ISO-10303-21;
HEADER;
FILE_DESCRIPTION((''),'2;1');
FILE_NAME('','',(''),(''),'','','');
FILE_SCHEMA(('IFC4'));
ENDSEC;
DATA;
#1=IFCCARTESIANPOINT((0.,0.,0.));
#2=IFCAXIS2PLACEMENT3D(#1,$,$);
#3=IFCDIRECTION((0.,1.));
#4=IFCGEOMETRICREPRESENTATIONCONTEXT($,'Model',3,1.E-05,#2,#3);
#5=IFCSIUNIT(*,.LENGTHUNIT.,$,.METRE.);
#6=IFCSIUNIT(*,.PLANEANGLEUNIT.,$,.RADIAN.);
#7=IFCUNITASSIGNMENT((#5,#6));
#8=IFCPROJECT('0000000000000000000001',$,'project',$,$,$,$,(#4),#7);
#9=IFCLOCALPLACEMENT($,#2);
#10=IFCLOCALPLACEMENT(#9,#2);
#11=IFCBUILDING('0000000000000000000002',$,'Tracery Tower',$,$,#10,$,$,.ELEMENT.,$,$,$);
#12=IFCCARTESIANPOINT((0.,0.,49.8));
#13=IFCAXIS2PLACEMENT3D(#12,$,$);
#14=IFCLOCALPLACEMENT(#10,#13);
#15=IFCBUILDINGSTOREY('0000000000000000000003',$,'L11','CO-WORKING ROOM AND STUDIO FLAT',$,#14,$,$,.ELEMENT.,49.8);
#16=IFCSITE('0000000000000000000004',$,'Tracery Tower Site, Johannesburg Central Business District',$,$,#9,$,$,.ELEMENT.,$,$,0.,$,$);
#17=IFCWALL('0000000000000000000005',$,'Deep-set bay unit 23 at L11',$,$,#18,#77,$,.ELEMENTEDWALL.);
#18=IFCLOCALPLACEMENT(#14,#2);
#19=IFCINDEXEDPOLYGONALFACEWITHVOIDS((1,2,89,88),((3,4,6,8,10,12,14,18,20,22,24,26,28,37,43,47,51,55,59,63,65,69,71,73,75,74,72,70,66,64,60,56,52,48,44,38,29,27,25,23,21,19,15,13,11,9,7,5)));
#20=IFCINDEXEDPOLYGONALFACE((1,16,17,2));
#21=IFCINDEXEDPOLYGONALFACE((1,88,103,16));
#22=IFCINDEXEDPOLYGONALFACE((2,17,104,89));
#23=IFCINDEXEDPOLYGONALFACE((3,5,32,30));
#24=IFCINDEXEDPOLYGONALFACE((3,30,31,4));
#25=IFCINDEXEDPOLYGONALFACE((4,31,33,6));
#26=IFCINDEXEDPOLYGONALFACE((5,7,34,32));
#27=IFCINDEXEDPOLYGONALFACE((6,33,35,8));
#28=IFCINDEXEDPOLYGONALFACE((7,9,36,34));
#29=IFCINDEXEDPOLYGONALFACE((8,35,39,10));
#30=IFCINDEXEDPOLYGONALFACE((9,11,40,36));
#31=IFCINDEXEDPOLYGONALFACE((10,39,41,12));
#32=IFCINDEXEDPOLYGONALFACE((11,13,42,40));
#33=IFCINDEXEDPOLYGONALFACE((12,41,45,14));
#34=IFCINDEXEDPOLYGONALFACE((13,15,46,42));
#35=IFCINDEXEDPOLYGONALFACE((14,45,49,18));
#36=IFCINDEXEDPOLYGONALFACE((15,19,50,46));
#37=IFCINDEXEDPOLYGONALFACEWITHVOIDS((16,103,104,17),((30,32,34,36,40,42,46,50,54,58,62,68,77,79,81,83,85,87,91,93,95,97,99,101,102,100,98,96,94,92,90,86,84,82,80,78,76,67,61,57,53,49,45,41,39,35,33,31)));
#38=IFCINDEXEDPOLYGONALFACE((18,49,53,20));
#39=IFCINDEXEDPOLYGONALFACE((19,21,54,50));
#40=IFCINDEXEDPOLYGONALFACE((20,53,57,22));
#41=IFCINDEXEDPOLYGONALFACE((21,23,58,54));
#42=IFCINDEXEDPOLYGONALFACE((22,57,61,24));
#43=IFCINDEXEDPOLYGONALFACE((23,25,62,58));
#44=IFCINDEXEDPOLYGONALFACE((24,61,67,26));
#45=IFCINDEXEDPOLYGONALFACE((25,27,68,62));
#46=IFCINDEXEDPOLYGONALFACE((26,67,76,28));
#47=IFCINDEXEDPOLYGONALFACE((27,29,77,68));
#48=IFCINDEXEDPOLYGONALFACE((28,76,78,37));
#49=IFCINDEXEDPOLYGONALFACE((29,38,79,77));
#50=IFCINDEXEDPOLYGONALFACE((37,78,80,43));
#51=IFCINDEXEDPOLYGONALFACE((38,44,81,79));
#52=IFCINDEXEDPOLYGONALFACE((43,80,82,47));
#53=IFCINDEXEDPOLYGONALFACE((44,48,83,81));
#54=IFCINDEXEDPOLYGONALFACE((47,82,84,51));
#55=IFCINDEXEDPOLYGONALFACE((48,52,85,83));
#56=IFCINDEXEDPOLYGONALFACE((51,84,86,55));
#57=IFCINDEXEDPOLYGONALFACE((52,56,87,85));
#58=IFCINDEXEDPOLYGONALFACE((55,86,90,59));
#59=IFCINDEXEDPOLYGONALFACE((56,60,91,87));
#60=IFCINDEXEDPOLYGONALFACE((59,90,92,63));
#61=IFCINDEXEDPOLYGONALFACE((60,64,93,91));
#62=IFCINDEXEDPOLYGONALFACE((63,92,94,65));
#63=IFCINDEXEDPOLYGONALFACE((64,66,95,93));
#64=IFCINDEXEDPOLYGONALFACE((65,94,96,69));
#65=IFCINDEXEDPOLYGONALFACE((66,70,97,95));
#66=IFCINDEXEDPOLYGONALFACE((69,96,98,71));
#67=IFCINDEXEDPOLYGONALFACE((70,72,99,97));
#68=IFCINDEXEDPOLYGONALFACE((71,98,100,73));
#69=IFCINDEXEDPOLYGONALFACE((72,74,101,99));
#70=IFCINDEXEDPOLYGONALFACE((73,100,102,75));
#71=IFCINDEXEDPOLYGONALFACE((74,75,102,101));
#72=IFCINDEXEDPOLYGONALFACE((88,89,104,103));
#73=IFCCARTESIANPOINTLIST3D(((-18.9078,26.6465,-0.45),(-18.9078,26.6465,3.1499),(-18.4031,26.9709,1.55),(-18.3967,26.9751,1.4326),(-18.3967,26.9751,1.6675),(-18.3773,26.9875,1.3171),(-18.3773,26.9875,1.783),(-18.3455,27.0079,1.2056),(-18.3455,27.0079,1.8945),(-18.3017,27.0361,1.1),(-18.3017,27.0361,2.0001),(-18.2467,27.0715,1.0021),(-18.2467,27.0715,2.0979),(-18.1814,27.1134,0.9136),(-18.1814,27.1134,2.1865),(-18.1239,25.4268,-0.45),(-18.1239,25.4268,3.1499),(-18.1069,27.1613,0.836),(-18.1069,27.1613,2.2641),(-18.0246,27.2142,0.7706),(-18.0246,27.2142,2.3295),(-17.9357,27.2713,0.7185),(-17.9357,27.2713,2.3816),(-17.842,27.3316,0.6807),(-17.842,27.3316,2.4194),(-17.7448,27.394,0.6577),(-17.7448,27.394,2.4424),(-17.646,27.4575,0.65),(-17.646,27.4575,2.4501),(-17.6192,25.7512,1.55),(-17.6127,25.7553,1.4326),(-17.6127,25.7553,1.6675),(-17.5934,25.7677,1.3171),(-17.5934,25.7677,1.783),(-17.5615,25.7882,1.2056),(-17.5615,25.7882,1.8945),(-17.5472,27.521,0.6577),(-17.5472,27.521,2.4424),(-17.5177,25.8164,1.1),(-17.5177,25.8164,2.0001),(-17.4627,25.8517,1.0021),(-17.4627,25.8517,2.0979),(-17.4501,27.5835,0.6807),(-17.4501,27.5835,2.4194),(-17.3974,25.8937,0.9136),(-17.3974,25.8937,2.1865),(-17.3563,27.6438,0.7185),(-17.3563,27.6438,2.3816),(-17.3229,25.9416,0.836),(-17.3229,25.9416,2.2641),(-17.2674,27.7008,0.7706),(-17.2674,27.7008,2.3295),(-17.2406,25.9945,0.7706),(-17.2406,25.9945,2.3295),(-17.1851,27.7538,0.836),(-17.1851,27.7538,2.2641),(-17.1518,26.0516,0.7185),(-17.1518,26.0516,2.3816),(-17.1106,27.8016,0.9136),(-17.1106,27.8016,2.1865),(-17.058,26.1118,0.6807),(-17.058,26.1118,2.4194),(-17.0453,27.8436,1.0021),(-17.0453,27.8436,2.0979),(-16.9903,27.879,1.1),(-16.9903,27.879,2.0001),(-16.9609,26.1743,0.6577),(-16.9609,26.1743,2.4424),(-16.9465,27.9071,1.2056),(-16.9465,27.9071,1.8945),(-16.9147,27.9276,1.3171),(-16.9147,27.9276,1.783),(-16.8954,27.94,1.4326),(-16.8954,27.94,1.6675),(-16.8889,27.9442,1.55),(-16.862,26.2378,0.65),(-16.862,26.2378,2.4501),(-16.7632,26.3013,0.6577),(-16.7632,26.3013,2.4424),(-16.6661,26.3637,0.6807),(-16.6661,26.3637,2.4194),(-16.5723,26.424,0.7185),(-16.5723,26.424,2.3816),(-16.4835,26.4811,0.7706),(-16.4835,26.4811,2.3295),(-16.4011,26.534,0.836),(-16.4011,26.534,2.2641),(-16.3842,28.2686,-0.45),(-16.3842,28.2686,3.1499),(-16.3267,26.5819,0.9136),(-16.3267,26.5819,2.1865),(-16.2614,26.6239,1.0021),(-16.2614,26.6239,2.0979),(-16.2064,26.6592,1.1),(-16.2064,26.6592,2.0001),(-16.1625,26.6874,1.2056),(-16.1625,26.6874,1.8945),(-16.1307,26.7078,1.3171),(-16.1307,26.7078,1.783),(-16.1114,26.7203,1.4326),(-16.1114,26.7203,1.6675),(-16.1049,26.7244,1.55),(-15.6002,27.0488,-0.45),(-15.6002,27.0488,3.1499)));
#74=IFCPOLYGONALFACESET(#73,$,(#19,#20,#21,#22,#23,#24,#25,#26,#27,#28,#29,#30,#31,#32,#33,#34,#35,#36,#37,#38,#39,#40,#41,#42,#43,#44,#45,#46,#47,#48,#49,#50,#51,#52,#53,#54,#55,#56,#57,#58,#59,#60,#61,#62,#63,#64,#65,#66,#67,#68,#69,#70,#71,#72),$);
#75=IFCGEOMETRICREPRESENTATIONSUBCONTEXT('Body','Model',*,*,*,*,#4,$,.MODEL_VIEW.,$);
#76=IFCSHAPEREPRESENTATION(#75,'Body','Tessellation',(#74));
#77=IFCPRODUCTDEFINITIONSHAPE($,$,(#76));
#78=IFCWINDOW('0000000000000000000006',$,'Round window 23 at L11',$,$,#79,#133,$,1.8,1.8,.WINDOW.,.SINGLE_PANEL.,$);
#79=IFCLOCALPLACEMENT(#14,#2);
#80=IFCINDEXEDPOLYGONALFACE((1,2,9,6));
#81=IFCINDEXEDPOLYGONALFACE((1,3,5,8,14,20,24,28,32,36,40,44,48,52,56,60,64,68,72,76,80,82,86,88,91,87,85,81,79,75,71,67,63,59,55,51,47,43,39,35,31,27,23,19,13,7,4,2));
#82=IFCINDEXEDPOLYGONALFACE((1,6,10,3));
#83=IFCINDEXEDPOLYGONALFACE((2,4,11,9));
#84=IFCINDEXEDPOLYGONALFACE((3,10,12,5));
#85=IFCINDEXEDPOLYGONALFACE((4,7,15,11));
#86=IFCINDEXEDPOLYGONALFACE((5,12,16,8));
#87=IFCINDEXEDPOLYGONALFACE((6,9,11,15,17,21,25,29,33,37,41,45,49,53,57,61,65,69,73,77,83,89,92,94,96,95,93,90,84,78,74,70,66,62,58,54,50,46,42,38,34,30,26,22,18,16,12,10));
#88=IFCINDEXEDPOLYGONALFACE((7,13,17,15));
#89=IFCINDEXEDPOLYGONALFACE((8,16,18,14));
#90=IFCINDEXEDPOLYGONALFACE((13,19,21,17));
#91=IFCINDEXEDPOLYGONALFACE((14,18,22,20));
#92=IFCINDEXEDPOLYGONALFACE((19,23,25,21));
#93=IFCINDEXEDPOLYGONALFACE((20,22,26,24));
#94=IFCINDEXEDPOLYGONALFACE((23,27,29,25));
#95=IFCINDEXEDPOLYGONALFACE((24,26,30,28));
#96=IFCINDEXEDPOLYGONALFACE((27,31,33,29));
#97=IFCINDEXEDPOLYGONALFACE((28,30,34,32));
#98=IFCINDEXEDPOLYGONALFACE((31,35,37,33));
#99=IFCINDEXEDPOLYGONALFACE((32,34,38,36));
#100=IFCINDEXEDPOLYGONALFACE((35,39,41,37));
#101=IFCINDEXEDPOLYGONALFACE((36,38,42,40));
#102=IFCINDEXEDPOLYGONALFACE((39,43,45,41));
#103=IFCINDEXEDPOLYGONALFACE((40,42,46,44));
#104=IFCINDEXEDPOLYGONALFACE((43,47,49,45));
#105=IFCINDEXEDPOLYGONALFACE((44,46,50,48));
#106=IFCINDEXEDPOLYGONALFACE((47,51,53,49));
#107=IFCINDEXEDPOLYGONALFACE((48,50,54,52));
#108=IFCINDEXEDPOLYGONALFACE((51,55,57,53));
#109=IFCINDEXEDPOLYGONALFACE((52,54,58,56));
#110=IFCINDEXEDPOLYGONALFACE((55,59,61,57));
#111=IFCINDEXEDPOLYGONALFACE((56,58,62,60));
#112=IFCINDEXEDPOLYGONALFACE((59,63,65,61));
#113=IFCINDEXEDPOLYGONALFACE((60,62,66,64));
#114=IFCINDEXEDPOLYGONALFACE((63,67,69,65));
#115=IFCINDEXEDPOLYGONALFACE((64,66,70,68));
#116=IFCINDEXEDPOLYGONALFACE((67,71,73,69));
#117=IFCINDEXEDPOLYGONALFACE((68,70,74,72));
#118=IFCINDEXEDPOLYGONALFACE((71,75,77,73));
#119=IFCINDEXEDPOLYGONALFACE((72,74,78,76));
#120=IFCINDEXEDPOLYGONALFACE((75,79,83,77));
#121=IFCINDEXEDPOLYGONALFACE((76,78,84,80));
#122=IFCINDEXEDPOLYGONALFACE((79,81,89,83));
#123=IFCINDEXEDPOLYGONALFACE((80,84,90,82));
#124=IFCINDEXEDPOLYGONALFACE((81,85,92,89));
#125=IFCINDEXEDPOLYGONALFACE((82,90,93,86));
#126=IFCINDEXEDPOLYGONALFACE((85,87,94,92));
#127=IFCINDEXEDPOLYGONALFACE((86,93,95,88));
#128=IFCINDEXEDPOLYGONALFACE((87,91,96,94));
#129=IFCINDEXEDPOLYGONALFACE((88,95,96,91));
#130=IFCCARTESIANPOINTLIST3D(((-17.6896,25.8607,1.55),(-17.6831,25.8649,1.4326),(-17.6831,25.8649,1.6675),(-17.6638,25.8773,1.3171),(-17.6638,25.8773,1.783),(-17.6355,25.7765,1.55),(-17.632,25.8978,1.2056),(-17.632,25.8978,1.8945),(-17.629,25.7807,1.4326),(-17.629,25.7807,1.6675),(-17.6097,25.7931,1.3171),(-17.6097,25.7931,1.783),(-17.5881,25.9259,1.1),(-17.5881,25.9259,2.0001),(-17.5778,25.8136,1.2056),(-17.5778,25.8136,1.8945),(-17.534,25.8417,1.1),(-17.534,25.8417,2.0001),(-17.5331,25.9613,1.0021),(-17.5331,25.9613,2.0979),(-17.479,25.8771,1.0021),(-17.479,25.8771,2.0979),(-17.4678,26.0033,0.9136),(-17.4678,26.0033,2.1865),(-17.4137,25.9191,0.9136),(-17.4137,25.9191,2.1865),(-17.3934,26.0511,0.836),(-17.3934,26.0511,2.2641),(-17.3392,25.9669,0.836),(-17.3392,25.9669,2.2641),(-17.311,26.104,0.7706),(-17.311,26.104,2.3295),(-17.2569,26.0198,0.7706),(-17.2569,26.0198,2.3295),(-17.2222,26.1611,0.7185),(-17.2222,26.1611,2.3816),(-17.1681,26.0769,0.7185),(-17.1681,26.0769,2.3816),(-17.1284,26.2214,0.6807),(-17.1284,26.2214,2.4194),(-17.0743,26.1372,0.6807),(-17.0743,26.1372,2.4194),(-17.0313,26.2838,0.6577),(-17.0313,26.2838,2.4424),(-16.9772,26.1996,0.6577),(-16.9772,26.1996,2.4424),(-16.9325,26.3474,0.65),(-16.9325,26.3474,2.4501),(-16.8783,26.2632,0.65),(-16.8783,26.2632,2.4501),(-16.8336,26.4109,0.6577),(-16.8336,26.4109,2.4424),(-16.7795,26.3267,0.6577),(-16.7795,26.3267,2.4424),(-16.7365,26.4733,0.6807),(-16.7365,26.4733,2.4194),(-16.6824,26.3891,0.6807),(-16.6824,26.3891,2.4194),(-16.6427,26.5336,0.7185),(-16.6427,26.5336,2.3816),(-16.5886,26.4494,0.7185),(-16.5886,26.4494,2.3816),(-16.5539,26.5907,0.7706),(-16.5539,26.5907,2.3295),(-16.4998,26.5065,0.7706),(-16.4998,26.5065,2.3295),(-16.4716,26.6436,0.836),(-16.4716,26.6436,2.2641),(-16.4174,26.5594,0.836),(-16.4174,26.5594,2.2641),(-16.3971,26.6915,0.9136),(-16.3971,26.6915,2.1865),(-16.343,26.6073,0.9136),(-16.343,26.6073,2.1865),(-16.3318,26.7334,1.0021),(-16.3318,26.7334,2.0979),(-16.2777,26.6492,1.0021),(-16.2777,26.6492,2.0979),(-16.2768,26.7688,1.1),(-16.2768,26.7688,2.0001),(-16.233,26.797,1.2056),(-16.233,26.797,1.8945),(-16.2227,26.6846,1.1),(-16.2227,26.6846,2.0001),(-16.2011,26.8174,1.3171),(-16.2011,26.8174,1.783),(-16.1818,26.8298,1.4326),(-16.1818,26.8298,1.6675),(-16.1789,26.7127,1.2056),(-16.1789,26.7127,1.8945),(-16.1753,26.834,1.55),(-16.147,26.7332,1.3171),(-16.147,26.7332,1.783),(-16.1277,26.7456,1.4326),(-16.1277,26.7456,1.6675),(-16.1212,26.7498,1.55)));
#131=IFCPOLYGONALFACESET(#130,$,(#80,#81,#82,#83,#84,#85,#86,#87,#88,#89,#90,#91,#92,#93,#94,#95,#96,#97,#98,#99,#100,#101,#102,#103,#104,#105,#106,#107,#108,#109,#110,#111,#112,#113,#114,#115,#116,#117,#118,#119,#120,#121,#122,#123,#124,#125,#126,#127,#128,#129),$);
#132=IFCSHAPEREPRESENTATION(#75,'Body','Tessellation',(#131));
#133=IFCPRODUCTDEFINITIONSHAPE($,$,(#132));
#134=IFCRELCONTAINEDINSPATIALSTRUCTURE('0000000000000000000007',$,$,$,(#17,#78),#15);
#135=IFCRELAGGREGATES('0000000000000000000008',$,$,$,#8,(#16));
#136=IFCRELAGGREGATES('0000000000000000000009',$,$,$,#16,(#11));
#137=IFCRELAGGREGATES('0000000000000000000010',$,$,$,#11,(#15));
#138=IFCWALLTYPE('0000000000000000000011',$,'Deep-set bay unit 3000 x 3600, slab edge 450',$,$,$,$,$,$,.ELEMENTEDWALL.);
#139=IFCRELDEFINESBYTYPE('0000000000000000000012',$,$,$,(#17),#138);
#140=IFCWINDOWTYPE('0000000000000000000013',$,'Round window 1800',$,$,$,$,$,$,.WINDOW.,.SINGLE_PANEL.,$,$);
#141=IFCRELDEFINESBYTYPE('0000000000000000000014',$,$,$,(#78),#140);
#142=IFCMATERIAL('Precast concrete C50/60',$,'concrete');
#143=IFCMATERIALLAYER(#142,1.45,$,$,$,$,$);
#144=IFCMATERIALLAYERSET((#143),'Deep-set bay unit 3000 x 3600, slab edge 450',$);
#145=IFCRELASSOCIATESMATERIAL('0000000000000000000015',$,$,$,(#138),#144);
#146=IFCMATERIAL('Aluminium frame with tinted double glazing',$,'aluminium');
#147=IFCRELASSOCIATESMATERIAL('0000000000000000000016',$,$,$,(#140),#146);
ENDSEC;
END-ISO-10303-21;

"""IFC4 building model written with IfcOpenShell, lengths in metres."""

from ifc_helpers import new_model, si_unit, direction, frame, frame_2d, origin, origin_2d, place, context, subcontext, project, spatial, rectangle, circle, extrude, material, layer, layer_set, type_object, element, fill, save


model = new_model("IFC4")

# Units and contexts
model_context = context("Model", 3, precision=1e-05, world=origin(), true_north=direction((0.0, 1.0)))
body_context = subcontext(model_context, "Body", "Model", "MODEL_VIEW")
ifc_project = project(units=[si_unit("LENGTHUNIT", "METRE"), si_unit("PLANEANGLEUNIT", "RADIAN")], contexts=[model_context])

# Site, building, storey
site_placement = place(None, origin())
site = spatial("IfcSite", under=ifc_project, at=site_placement, Name="Tracery Tower Site, Johannesburg Central Business District", CompositionType="ELEMENT", RefElevation=0.0)
building_placement = place(site_placement, origin())
building = spatial("IfcBuilding", under=site, at=building_placement, Name="Tracery Tower", CompositionType="ELEMENT")
storey_placement = place(building_placement, frame((0.0, 0.0, 49.8)))
storey = spatial("IfcBuildingStorey", under=building, at=storey_placement, Name="L11", Description="CO-WORKING ROOM AND STUDIO FLAT", CompositionType="ELEMENT", Elevation=49.8)

# Wall, opening, window
ifc_material_1 = material(Name="Precast concrete C50/60", Category="concrete")
ifc_layer_1 = layer(ifc_material_1, 1.45)
ifc_layer_set_1 = layer_set([ifc_layer_1], Name="Deep-set bay unit 3000 x 3600, slab edge 450")
wall_type_1 = type_object("IfcWallType", Name="Deep-set bay unit 3000 x 3600, slab edge 450", PredefinedType="ELEMENTEDWALL", material=ifc_layer_set_1)
wall_1_placement = place(storey_placement, frame((-15.9922, 27.6587, -0.45), z_axis=(0.0, 0.0, 1.0), x_axis=(-0.841223, -0.540688, 0.0)))
wall_1 = element("IfcWall", 1, at=wall_1_placement, inside=storey, type_object=wall_type_1, Name="Deep-set bay unit 23 at L11", PredefinedType="ELEMENTEDWALL", context=body_context, shape_type="SweptSolid", body=[
    extrude(rectangle(XDim=3.0, YDim=1.45, at=frame_2d((1.5, 0.0))), origin(), (0.0, 0.0, 1.0), 3.5999),
])
opening_1_placement = place(wall_1_placement, frame((1.5, 0.0, 2.0)))
opening_1 = element("IfcOpeningElement", 2, at=opening_1_placement, cuts=wall_1, PredefinedType="OPENING", context=body_context, shape_type="SweptSolid", body=[
    extrude(circle(Radius=0.9, at=origin_2d()), frame((0.0, 0.7349, 0.0), z_axis=(0.0, -1.0, 0.0), x_axis=(1.0, 0.0, 0.0)), (0.0, 0.0, 1.0), 1.47),
])
ifc_material_2 = material(Name="Aluminium frame with tinted double glazing", Category="aluminium")
window_type = type_object("IfcWindowType", Name="Round window 1800", PartitioningType="SINGLE_PANEL", PredefinedType="WINDOW", material=ifc_material_2)
window_1_placement = place(opening_1_placement, origin())
window_1 = element("IfcWindow", 3, at=window_1_placement, inside=storey, type_object=window_type, Name="Round window 23 at L11", OverallHeight=1.8, OverallWidth=1.8, PartitioningType="SINGLE_PANEL", PredefinedType="WINDOW", context=body_context, shape_type="SweptSolid", body=[
    extrude(circle(Radius=0.9, at=origin_2d()), frame((0.0, 0.6948, 0.0), z_axis=(0.0, -1.0, 0.0), x_axis=(1.0, 0.0, 0.0)), (0.0, 0.0, 1.0), 0.1001),
])
fill(opening_1, window_1)

save(model, "model.ifc")
